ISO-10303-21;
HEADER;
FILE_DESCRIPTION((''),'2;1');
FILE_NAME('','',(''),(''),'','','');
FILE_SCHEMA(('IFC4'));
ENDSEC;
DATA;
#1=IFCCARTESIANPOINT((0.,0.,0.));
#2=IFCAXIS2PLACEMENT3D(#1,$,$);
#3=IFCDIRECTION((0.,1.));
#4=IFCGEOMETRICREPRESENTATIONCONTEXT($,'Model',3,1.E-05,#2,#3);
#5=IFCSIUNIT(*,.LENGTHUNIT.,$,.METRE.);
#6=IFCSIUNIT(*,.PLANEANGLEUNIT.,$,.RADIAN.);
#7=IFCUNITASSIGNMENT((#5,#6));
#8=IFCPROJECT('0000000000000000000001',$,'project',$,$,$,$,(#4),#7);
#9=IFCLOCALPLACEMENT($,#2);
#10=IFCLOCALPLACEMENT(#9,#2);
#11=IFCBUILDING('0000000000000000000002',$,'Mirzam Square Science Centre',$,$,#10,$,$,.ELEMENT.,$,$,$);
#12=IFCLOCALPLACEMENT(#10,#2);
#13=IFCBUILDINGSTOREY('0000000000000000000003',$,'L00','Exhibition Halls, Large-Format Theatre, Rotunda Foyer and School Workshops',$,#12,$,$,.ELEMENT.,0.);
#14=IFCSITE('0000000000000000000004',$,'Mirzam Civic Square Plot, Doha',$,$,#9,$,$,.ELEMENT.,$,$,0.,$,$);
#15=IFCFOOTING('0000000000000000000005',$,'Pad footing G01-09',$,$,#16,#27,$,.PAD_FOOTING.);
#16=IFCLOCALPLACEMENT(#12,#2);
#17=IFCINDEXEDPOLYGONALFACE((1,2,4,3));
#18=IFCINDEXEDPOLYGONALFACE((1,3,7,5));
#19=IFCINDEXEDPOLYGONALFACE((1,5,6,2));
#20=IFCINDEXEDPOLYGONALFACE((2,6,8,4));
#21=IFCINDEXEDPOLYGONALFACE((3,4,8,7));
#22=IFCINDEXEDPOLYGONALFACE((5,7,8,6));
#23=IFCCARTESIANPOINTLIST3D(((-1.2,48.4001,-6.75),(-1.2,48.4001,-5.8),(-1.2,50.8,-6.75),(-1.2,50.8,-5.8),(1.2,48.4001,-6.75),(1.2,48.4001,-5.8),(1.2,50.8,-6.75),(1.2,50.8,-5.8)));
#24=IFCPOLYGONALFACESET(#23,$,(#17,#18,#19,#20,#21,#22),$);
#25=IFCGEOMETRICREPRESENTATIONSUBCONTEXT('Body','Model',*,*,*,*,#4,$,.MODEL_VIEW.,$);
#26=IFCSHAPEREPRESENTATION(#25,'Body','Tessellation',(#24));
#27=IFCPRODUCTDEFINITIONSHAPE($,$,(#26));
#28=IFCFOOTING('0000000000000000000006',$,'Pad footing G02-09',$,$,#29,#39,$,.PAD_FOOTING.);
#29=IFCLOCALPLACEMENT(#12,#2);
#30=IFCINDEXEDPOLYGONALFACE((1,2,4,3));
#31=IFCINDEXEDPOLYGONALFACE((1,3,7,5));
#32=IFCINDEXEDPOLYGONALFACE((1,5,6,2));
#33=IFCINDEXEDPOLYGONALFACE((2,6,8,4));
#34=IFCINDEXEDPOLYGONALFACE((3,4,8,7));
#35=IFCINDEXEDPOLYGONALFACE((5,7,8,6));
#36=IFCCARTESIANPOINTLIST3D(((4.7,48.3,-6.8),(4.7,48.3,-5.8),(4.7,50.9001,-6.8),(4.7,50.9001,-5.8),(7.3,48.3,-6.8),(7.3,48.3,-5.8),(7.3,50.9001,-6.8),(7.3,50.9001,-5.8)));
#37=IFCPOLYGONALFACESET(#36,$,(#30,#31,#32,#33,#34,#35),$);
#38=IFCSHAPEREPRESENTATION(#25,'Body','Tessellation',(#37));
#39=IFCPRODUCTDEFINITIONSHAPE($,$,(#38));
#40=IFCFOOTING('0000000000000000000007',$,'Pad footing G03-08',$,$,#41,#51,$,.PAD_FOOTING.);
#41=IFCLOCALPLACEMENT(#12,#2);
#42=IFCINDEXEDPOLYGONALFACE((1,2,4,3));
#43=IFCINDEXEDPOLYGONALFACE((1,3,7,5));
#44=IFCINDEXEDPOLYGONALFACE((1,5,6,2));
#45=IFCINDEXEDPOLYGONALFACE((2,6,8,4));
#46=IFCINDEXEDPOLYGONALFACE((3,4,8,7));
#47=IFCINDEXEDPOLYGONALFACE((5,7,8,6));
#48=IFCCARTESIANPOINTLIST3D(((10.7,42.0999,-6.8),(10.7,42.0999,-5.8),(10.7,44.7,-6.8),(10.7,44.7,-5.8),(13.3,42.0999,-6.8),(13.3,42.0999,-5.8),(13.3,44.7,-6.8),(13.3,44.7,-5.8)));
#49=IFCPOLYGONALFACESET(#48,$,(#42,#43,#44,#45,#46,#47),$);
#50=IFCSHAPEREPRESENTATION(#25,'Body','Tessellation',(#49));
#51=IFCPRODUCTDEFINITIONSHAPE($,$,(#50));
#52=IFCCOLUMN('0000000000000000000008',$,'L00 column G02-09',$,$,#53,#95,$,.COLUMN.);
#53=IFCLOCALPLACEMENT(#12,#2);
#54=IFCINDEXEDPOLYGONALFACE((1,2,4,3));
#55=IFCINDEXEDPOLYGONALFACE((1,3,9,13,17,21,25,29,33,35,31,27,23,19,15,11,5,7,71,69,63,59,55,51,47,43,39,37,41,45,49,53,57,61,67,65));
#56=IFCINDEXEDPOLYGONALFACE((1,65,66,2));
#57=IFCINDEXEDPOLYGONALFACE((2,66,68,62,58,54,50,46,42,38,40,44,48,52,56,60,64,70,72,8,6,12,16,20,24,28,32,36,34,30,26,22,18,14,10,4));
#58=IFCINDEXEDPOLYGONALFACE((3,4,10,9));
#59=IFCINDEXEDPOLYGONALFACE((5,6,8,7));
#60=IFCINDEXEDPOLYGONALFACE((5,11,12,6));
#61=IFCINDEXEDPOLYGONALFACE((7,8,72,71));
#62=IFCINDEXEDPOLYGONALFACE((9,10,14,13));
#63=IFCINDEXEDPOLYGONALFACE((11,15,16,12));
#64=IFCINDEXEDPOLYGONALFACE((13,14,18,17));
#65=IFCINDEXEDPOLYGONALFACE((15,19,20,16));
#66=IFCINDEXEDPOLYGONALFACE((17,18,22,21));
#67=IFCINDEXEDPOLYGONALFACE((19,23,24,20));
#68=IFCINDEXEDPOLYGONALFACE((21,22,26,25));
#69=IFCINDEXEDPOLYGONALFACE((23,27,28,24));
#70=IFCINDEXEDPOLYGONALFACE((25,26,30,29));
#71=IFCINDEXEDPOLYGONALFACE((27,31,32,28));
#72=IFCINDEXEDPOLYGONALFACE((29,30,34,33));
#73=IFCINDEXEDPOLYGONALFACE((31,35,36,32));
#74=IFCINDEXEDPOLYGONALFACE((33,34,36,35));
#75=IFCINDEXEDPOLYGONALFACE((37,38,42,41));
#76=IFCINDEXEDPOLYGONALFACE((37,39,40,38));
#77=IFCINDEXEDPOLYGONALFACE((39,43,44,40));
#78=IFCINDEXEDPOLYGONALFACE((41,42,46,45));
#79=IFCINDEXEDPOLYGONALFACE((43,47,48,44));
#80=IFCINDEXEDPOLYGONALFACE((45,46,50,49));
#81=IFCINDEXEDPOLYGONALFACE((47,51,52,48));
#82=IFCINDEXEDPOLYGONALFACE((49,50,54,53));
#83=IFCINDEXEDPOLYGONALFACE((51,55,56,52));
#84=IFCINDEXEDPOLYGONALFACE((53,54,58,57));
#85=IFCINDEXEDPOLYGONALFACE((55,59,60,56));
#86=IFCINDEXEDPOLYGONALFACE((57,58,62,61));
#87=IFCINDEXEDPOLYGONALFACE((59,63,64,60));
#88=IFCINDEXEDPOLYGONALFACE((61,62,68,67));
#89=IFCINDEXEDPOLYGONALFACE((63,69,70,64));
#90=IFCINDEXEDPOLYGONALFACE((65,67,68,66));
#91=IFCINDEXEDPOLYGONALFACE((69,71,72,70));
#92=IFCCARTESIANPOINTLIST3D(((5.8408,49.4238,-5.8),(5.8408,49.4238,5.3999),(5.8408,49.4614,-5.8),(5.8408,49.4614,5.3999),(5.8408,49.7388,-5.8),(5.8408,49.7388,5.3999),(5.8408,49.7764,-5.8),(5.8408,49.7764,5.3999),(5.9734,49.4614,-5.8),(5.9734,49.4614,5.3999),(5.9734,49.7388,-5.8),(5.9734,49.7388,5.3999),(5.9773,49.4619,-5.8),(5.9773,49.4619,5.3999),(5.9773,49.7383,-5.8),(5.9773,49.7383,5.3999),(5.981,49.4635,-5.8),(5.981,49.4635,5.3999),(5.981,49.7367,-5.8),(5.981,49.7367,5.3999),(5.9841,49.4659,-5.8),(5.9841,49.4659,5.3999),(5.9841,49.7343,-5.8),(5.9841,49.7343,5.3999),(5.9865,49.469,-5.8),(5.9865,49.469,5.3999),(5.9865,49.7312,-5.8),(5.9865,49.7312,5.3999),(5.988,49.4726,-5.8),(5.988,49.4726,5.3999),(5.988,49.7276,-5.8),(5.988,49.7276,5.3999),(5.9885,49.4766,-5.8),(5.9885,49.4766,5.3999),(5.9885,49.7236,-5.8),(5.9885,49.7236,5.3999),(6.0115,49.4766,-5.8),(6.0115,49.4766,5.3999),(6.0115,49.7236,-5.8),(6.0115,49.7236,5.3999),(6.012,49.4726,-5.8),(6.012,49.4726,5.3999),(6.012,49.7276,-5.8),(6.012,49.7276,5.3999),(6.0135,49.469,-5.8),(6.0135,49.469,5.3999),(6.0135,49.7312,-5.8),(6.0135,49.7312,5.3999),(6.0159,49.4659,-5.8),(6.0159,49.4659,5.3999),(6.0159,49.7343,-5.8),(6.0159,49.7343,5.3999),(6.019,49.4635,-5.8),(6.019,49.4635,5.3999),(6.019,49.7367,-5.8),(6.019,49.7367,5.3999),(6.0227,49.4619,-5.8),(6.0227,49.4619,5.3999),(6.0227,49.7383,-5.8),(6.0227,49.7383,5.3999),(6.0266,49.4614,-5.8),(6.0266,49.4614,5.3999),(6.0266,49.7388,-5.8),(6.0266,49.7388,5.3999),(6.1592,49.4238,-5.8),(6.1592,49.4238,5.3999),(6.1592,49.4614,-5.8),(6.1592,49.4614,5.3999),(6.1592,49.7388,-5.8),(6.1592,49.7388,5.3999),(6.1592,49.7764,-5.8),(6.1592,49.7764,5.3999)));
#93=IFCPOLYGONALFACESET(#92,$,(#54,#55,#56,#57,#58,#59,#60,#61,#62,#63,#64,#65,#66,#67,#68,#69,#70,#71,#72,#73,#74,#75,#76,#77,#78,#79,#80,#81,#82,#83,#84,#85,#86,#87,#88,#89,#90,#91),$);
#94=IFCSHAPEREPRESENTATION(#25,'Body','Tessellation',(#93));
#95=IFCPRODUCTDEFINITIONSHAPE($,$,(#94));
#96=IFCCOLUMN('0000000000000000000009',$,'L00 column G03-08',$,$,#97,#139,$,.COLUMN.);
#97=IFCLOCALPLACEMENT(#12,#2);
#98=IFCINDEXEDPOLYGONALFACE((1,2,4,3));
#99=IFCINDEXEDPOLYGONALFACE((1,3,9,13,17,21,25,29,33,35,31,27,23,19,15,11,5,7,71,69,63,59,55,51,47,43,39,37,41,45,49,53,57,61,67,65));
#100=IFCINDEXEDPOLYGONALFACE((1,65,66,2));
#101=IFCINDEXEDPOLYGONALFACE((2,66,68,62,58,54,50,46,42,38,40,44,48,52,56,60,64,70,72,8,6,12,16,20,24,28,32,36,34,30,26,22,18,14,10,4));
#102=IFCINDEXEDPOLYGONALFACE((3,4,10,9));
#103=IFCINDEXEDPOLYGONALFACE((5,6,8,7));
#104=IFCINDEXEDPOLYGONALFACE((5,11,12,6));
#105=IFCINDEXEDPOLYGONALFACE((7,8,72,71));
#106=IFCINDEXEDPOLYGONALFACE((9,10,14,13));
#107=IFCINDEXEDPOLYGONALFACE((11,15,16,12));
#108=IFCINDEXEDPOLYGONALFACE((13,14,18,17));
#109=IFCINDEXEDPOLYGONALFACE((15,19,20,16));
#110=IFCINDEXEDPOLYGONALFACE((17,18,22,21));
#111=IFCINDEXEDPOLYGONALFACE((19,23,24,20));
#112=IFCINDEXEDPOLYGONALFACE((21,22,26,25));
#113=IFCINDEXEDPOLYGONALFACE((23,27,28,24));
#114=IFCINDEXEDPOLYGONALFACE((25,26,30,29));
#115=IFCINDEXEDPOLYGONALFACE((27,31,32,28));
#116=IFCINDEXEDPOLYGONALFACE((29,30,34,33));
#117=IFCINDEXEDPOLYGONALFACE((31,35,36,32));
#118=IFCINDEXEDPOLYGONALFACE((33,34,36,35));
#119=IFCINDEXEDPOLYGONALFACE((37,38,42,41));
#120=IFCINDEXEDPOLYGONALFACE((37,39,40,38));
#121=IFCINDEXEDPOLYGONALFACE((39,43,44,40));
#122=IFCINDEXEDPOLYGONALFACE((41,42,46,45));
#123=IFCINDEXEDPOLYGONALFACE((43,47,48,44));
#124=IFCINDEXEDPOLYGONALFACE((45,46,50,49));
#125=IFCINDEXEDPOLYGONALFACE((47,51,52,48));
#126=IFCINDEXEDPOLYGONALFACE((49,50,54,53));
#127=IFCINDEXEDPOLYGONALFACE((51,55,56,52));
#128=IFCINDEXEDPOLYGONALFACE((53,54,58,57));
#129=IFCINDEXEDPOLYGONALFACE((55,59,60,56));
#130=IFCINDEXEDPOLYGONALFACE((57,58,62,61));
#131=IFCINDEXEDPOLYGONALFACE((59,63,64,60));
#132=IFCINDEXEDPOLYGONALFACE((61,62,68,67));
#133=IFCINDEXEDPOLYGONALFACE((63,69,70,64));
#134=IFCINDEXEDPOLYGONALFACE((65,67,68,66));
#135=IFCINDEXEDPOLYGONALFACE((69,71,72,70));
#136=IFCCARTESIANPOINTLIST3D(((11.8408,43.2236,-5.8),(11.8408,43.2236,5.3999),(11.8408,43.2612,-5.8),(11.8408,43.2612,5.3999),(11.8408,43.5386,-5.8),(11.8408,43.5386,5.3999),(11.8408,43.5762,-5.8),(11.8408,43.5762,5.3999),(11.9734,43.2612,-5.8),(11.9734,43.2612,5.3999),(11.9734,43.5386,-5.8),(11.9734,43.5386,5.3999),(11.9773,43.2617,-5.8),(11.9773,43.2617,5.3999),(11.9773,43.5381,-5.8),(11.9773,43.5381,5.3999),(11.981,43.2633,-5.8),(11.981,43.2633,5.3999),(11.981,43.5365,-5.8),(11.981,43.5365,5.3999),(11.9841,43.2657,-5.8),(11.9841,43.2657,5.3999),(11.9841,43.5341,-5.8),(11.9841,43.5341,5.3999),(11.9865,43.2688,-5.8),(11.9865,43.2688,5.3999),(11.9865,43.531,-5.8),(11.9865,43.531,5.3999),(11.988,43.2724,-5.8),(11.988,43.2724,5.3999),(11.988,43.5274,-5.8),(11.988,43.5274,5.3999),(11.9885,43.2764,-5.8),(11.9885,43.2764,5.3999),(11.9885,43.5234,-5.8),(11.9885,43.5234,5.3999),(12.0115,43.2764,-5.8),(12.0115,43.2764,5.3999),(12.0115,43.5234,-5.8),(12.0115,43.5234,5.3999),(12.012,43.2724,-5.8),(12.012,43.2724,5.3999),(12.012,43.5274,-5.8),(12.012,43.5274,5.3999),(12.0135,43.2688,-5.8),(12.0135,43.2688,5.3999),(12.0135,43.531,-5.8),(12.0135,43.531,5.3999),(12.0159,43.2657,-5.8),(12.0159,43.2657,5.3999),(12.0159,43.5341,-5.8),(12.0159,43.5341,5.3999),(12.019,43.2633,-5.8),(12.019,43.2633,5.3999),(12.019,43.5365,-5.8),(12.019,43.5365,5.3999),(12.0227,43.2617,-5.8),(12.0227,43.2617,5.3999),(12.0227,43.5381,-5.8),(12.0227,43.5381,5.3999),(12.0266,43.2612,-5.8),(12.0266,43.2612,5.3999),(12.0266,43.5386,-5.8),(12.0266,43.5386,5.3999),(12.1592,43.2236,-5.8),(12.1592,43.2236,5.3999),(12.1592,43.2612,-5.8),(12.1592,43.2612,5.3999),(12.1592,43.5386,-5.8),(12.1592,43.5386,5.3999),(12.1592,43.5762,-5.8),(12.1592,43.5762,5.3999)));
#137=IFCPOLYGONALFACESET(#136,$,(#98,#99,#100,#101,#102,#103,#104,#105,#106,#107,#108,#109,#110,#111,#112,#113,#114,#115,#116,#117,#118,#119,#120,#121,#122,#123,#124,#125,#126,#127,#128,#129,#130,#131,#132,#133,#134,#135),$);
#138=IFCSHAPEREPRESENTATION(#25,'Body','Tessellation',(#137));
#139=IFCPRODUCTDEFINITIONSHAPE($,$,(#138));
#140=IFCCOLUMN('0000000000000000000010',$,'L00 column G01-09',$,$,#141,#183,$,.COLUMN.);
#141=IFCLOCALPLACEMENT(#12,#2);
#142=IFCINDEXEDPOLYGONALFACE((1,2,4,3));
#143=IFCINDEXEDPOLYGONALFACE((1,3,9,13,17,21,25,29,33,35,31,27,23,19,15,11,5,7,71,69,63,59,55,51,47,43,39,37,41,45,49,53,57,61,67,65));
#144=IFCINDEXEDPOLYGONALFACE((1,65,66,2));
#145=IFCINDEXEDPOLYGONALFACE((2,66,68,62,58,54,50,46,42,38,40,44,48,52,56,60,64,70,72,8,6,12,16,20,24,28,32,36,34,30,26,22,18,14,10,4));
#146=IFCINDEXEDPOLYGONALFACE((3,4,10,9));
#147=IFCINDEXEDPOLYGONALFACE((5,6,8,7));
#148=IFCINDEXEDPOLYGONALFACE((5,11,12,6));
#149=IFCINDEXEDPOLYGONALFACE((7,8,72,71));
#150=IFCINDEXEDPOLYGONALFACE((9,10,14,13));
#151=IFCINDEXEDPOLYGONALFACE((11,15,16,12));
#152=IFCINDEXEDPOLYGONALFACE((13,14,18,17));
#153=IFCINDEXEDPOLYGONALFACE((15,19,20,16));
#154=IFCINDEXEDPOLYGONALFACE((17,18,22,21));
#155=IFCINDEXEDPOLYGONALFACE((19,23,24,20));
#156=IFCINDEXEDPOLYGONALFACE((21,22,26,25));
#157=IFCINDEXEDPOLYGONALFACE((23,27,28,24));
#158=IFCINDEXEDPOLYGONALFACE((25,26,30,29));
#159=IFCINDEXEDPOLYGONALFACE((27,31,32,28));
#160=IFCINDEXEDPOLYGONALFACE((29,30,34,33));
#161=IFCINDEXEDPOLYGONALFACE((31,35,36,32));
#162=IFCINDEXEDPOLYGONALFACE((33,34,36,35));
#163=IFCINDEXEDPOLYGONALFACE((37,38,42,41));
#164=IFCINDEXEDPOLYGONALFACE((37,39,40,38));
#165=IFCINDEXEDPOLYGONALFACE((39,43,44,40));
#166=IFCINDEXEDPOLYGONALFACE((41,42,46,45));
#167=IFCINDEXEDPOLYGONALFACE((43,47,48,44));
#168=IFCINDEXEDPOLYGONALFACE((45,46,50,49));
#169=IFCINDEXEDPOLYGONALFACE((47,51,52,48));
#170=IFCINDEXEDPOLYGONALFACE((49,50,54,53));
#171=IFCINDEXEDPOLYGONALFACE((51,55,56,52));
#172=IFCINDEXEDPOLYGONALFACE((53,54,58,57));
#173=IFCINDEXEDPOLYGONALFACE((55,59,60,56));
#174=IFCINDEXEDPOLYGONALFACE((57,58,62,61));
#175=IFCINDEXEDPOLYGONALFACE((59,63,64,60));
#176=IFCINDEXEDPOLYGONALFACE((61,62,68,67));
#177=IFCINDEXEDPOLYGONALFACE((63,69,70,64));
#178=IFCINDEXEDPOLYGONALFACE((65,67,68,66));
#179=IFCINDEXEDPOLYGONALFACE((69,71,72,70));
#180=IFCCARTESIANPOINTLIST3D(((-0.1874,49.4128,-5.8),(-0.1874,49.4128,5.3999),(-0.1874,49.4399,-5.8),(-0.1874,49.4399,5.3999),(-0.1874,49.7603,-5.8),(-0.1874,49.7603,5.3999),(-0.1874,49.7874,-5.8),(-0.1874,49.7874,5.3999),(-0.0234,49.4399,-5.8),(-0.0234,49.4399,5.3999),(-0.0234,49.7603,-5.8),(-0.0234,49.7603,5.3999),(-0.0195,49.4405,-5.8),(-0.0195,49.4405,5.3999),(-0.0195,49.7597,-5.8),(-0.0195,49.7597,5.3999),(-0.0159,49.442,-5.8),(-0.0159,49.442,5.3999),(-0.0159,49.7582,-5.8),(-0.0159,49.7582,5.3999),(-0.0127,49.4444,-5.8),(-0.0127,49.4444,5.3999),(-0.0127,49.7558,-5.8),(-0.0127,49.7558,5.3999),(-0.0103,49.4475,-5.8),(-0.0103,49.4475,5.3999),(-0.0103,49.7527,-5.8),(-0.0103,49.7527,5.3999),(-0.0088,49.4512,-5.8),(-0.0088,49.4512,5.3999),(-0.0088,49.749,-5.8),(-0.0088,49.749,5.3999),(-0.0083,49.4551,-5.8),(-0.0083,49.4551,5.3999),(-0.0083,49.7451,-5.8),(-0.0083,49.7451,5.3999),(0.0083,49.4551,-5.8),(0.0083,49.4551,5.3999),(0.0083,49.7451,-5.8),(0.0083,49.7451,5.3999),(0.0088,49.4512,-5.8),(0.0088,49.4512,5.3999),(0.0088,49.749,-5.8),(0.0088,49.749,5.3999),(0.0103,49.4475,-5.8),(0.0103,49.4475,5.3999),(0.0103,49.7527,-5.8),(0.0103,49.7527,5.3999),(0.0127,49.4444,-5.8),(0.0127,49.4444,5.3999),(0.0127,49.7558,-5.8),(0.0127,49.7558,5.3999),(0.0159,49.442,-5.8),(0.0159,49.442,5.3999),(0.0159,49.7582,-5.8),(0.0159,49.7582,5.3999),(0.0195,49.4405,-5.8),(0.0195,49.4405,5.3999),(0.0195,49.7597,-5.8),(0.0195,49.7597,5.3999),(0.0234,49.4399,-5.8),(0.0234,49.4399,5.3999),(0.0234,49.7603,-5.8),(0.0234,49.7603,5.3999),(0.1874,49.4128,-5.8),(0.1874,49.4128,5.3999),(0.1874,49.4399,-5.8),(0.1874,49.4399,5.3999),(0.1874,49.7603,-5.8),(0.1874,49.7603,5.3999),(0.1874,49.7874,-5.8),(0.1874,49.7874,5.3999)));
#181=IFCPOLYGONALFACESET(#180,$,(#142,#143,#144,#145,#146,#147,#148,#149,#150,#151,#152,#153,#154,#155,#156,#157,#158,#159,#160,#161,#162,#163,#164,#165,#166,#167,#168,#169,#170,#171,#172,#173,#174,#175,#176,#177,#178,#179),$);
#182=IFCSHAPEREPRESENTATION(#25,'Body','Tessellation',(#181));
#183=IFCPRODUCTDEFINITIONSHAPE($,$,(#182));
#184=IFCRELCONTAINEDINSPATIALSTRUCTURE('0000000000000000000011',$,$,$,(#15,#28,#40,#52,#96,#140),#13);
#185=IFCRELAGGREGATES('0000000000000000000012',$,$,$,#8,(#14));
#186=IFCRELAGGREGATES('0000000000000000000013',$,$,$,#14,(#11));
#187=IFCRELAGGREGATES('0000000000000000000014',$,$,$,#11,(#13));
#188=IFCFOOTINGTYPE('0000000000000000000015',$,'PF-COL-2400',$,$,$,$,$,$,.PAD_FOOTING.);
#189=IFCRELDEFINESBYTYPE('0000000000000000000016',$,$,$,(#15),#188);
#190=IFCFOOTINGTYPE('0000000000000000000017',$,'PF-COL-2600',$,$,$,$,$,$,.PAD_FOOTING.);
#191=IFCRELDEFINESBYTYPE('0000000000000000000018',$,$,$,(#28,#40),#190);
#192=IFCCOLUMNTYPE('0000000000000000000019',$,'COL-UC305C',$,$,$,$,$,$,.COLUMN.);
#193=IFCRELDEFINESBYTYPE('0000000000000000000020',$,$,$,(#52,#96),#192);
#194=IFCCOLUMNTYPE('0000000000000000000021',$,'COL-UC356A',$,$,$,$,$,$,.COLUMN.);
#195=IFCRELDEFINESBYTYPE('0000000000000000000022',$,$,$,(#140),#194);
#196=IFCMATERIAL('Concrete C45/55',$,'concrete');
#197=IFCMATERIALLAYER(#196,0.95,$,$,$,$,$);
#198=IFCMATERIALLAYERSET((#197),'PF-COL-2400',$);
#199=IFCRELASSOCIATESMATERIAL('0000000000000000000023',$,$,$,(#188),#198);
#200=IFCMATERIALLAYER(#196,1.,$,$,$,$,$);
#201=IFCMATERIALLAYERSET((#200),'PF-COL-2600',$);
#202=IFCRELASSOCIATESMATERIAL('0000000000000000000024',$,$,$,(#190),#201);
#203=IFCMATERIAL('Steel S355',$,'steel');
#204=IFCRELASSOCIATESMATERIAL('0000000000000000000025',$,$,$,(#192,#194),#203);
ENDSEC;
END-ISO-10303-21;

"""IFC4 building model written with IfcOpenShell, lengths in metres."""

from ifc_helpers import new_model, si_unit, direction, frame, origin, origin_2d, place, context, subcontext, project, spatial, rectangle, i_section, extrude, material, layer, layer_set, material_profile, profile_set, type_object, element, save


model = new_model("IFC4")

# Units and contexts
model_context = context("Model", 3, precision=1e-05, world=origin(), true_north=direction((0.0, 1.0)))
body_context = subcontext(model_context, "Body", "Model", "MODEL_VIEW")
ifc_project = project(units=[si_unit("LENGTHUNIT", "METRE"), si_unit("PLANEANGLEUNIT", "RADIAN")], contexts=[model_context])

# Site, building, storey
site_placement = place(None, origin())
site = spatial("IfcSite", under=ifc_project, at=site_placement, Name="Mirzam Civic Square Plot, Doha", CompositionType="ELEMENT", RefElevation=0.0)
building_placement = place(site_placement, origin())
building = spatial("IfcBuilding", under=site, at=building_placement, Name="Mirzam Square Science Centre", CompositionType="ELEMENT")
storey_placement = place(building_placement, origin())
storey = spatial("IfcBuildingStorey", under=building, at=storey_placement, Name="L00", Description="Exhibition Halls, Large-Format Theatre, Rotunda Foyer and School Workshops", CompositionType="ELEMENT", Elevation=0.0)

# Footings
ifc_material_1 = material(Name="Concrete C45/55", Category="concrete")
ifc_layer_1 = layer(ifc_material_1, 0.95)
ifc_layer_set_1 = layer_set([ifc_layer_1], Name="PF-COL-2400")
footing_type_1 = type_object("IfcFootingType", Name="PF-COL-2400", PredefinedType="PAD_FOOTING", material=ifc_layer_set_1)
footing_placement = place(storey_placement, frame((0.0, 49.6001, -6.75), z_axis=(0.0, 0.0, 1.0), x_axis=(1.0, 0.0, 0.0)))
element("IfcFooting", 1, at=footing_placement, inside=storey, type_object=footing_type_1, Name="Pad footing G01-09", PredefinedType="PAD_FOOTING", context=body_context, shape_type="SweptSolid", body=[
    extrude(rectangle(XDim=2.3999, YDim=2.3999, at=origin_2d()), origin(), (0.0, 0.0, 1.0), 0.95),
])
ifc_layer_2 = layer(ifc_material_1, 1.0)
ifc_layer_set_2 = layer_set([ifc_layer_2], Name="PF-COL-2600")
footing_type_2 = type_object("IfcFootingType", Name="PF-COL-2600", PredefinedType="PAD_FOOTING", material=ifc_layer_set_2)
for number, where, z_axis, x_axis, name in (
    (2, (6.0, 49.6001, -6.8), (0.0, 0.0, 1.0), (1.0, 0.0, 0.0), "Pad footing G02-09"),
    (3, (12.0, 43.3999, -6.8), (0.0, 0.0, 1.0), (1.0, 0.0, 0.0), "Pad footing G03-08"),
):
    element("IfcFooting", number, at=place(storey_placement, frame(where, z_axis=z_axis, x_axis=x_axis)), inside=storey, type_object=footing_type_2, Name=name, PredefinedType="PAD_FOOTING", context=body_context, shape_type="SweptSolid", body=[
        extrude(rectangle(XDim=2.6001, YDim=2.6001, at=origin_2d()), origin(), (0.0, 0.0, 1.0), 1.0),
    ])

# Columns
ifc_material_2 = material(Name="Steel S355", Category="steel")
ifc_material_profile_1 = material_profile(ifc_material_2, i_section(OverallWidth=0.3184, OverallDepth=0.3525, WebThickness=0.0229, FlangeThickness=0.0376, FilletRadius=0.0151, at=origin_2d()), Name="305x305x240UC")
ifc_profile_set_1 = profile_set([ifc_material_profile_1], Name="Steel S355")
column_type_1 = type_object("IfcColumnType", Name="COL-UC305C", PredefinedType="COLUMN", material=ifc_profile_set_1)
for number, where, z_axis, x_axis, name in (
    (4, (6.0, 49.6001, -5.8), (0.0, 0.0, 1.0), (1.0, 0.0, 0.0), "L00 column G02-09"),
    (5, (12.0, 43.3999, -5.8), (0.0, 0.0, 1.0), (1.0, 0.0, 0.0), "L00 column G03-08"),
):
    element("IfcColumn", number, at=place(storey_placement, frame(where, z_axis=z_axis, x_axis=x_axis)), inside=storey, type_object=column_type_1, Name=name, PredefinedType="COLUMN", context=body_context, shape_type="SweptSolid", body=[
        extrude(i_section(OverallWidth=0.3184, OverallDepth=0.3525, WebThickness=0.0229, FlangeThickness=0.0376, FilletRadius=0.0151, at=origin_2d()), origin(), (0.0, 0.0, 1.0), 11.2),
    ])
ifc_material_profile_2 = material_profile(ifc_material_2, i_section(OverallWidth=0.3748, OverallDepth=0.3745, WebThickness=0.0166, FlangeThickness=0.0271, FilletRadius=0.0151, at=origin_2d()), Name="356x368x202UC")
ifc_profile_set_2 = profile_set([ifc_material_profile_2], Name="Steel S355")
column_type_2 = type_object("IfcColumnType", Name="COL-UC356A", PredefinedType="COLUMN", material=ifc_profile_set_2)
for number, where, z_axis, x_axis, name in (
    (6, (0.0, 49.6001, -5.8), (0.0, 0.0, 1.0), (1.0, 0.0, 0.0), "L00 column G01-09"),
):
    element("IfcColumn", number, at=place(storey_placement, frame(where, z_axis=z_axis, x_axis=x_axis)), inside=storey, type_object=column_type_2, Name=name, PredefinedType="COLUMN", context=body_context, shape_type="SweptSolid", body=[
        extrude(i_section(OverallWidth=0.3748, OverallDepth=0.3745, WebThickness=0.0166, FlangeThickness=0.0271, FilletRadius=0.0151, at=origin_2d()), origin(), (0.0, 0.0, 1.0), 11.2),
    ])

save(model, "model.ifc")
